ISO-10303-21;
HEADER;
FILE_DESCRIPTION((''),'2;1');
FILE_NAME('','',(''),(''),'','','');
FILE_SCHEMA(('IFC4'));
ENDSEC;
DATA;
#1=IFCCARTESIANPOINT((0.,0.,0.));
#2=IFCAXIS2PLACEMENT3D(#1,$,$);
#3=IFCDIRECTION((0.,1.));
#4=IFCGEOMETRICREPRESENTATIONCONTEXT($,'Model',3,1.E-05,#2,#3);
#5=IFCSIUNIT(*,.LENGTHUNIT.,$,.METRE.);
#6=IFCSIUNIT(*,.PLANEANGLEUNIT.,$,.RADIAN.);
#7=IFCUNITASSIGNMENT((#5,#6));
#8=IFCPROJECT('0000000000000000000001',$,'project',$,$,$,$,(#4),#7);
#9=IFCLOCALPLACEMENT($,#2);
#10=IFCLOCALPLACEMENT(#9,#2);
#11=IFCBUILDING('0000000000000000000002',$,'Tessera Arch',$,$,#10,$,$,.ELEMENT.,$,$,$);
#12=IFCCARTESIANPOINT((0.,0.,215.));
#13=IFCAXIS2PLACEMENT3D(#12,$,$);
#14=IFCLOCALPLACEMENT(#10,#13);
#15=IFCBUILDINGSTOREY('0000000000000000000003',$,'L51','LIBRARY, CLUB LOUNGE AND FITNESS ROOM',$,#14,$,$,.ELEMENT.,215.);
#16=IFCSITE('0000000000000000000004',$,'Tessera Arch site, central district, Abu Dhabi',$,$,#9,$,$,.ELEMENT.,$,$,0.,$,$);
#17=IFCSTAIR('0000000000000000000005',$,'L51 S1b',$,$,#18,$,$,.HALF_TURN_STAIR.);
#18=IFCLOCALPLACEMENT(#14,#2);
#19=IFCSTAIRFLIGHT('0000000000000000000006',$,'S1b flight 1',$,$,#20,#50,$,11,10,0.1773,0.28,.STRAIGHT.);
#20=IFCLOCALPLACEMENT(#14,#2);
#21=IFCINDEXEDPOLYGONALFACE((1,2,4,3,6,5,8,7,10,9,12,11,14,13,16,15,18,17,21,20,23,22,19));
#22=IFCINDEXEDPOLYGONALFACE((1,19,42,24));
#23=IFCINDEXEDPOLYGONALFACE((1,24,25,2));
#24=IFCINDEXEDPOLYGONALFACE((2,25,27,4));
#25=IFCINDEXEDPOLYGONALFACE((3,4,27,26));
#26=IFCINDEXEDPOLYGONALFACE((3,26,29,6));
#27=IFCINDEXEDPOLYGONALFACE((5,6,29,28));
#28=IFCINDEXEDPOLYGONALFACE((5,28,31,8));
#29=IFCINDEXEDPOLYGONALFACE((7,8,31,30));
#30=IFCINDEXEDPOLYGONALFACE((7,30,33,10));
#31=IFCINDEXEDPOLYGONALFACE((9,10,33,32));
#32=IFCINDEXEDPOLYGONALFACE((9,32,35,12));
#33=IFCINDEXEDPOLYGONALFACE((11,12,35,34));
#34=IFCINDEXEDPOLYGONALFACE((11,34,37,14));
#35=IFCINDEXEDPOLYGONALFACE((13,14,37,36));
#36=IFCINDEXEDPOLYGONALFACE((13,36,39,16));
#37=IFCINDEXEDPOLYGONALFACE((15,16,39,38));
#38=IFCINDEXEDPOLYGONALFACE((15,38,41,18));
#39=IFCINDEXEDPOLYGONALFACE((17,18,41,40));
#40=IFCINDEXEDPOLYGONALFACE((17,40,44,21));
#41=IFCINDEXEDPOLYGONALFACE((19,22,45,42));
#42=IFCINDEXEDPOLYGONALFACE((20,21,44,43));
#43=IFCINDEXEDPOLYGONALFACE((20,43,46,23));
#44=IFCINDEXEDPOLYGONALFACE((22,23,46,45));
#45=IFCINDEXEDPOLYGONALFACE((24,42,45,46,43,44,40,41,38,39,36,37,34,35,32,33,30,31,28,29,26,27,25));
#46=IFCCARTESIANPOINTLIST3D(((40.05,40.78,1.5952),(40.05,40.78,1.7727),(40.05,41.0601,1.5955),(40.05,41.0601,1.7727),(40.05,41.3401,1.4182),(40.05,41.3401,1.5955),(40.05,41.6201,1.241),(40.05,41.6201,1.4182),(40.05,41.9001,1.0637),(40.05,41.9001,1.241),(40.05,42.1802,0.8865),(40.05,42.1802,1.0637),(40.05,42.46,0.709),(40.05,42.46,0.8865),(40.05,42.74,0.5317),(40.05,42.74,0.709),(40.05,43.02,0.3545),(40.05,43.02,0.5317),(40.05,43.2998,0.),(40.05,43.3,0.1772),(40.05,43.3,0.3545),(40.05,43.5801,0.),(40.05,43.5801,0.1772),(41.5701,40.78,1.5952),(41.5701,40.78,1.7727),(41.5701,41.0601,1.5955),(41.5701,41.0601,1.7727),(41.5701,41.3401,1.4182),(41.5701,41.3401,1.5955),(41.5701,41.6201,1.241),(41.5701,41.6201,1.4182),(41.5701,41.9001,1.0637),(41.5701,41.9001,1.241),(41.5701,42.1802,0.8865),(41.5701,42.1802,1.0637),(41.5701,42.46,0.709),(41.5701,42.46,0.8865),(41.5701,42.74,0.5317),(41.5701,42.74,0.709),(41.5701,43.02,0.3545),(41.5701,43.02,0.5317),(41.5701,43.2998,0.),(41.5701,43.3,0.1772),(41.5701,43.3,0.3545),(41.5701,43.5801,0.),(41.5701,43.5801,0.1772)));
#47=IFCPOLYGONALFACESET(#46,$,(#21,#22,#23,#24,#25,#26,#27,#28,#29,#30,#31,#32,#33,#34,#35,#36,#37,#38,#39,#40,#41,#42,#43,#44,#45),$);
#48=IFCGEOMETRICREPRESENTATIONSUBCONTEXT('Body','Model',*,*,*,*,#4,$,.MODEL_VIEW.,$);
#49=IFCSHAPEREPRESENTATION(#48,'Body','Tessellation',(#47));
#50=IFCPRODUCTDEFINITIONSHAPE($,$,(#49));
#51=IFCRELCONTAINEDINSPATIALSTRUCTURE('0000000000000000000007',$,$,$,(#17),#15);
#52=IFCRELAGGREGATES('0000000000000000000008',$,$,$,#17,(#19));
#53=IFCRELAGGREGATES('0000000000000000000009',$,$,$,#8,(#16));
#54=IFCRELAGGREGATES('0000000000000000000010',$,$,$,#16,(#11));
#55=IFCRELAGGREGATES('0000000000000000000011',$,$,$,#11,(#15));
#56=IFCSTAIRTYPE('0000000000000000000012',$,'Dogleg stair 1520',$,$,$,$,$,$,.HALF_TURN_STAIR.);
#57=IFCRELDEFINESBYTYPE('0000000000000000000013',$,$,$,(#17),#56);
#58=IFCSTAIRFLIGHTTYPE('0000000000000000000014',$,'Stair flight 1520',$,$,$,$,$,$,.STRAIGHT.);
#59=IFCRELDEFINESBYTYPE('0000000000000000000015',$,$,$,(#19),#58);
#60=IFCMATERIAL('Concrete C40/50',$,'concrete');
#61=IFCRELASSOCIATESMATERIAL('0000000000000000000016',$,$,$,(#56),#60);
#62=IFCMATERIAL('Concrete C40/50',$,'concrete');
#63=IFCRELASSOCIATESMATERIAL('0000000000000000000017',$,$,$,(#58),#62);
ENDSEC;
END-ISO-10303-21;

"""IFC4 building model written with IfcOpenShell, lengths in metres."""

from ifc_helpers import new_model, si_unit, direction, frame, origin, place, context, subcontext, project, spatial, polyline, outline, extrude, material, type_object, element, aggregate, save


model = new_model("IFC4")

# Units and contexts
model_context = context("Model", 3, precision=1e-05, world=origin(), true_north=direction((0.0, 1.0)))
body_context = subcontext(model_context, "Body", "Model", "MODEL_VIEW")
ifc_project = project(units=[si_unit("LENGTHUNIT", "METRE"), si_unit("PLANEANGLEUNIT", "RADIAN")], contexts=[model_context])

# Site, building, storey
site_placement = place(None, origin())
site = spatial("IfcSite", under=ifc_project, at=site_placement, Name="Tessera Arch site, central district, Abu Dhabi", CompositionType="ELEMENT", RefElevation=0.0)
building_placement = place(site_placement, origin())
building = spatial("IfcBuilding", under=site, at=building_placement, Name="Tessera Arch", CompositionType="ELEMENT")
storey_placement = place(building_placement, frame((0.0, 0.0, 215.0)))
storey = spatial("IfcBuildingStorey", under=building, at=storey_placement, Name="L51", Description="LIBRARY, CLUB LOUNGE AND FITNESS ROOM", CompositionType="ELEMENT", Elevation=215.0)

# Shared definitions
ifc_material_1 = material(Name="Concrete C40/50", Category="concrete")
stair_type = type_object("IfcStairType", Name="Dogleg stair 1520", PredefinedType="HALF_TURN_STAIR", material=ifc_material_1)
ifc_material_2 = material(Name="Concrete C40/50", Category="concrete")
stair_flight_type = type_object("IfcStairFlightType", Name="Stair flight 1520", PredefinedType="STRAIGHT", material=ifc_material_2)

# Stair, stair flight
stair_1_placement = place(storey_placement, origin())
stair_1 = element("IfcStair", 1, at=stair_1_placement, inside=storey, type_object=stair_type, Name="L51 S1b", PredefinedType="HALF_TURN_STAIR")
stair_flight_1_placement = place(storey_placement, frame((40.8101, 43.5801, 0.0), z_axis=(0.0, 0.0, 1.0), x_axis=(0.0, -1.0, 0.0)))
stair_flight_1 = element("IfcStairFlight", 2, at=stair_flight_1_placement, type_object=stair_flight_type, Name="S1b flight 1", NumberOfRisers=11, NumberOfTreads=10, PredefinedType="STRAIGHT", RiserHeight=0.1773, TreadLength=0.28, context=body_context, shape_type="SweptSolid", body=[
    extrude(outline(polyline([(0.0, 0.0), (0.0, 0.1772), (0.28, 0.1772), (0.28, 0.3545), (0.5601, 0.3545), (0.5601, 0.5317), (0.8401, 0.5317), (0.8401, 0.709), (1.1201, 0.709), (1.1201, 0.8865), (1.3999, 0.8865), (1.3999, 1.0637), (1.6799, 1.0637), (1.6799, 1.241), (1.96, 1.241), (1.96, 1.4182), (2.24, 1.4182), (2.24, 1.5955), (2.52, 1.5955), (2.52, 1.7727), (2.8, 1.7727), (2.8, 1.95), (2.8, 1.5952), (0.2803, 0.0), (0.0, 0.0)])), frame((0.0, 0.76, 0.0), z_axis=(0.0, -1.0, 0.0), x_axis=(1.0, 0.0, 0.0)), (0.0, 0.0, 1.0), 1.52),
])
aggregate(stair_1, [stair_flight_1])

save(model, "model.ifc")
